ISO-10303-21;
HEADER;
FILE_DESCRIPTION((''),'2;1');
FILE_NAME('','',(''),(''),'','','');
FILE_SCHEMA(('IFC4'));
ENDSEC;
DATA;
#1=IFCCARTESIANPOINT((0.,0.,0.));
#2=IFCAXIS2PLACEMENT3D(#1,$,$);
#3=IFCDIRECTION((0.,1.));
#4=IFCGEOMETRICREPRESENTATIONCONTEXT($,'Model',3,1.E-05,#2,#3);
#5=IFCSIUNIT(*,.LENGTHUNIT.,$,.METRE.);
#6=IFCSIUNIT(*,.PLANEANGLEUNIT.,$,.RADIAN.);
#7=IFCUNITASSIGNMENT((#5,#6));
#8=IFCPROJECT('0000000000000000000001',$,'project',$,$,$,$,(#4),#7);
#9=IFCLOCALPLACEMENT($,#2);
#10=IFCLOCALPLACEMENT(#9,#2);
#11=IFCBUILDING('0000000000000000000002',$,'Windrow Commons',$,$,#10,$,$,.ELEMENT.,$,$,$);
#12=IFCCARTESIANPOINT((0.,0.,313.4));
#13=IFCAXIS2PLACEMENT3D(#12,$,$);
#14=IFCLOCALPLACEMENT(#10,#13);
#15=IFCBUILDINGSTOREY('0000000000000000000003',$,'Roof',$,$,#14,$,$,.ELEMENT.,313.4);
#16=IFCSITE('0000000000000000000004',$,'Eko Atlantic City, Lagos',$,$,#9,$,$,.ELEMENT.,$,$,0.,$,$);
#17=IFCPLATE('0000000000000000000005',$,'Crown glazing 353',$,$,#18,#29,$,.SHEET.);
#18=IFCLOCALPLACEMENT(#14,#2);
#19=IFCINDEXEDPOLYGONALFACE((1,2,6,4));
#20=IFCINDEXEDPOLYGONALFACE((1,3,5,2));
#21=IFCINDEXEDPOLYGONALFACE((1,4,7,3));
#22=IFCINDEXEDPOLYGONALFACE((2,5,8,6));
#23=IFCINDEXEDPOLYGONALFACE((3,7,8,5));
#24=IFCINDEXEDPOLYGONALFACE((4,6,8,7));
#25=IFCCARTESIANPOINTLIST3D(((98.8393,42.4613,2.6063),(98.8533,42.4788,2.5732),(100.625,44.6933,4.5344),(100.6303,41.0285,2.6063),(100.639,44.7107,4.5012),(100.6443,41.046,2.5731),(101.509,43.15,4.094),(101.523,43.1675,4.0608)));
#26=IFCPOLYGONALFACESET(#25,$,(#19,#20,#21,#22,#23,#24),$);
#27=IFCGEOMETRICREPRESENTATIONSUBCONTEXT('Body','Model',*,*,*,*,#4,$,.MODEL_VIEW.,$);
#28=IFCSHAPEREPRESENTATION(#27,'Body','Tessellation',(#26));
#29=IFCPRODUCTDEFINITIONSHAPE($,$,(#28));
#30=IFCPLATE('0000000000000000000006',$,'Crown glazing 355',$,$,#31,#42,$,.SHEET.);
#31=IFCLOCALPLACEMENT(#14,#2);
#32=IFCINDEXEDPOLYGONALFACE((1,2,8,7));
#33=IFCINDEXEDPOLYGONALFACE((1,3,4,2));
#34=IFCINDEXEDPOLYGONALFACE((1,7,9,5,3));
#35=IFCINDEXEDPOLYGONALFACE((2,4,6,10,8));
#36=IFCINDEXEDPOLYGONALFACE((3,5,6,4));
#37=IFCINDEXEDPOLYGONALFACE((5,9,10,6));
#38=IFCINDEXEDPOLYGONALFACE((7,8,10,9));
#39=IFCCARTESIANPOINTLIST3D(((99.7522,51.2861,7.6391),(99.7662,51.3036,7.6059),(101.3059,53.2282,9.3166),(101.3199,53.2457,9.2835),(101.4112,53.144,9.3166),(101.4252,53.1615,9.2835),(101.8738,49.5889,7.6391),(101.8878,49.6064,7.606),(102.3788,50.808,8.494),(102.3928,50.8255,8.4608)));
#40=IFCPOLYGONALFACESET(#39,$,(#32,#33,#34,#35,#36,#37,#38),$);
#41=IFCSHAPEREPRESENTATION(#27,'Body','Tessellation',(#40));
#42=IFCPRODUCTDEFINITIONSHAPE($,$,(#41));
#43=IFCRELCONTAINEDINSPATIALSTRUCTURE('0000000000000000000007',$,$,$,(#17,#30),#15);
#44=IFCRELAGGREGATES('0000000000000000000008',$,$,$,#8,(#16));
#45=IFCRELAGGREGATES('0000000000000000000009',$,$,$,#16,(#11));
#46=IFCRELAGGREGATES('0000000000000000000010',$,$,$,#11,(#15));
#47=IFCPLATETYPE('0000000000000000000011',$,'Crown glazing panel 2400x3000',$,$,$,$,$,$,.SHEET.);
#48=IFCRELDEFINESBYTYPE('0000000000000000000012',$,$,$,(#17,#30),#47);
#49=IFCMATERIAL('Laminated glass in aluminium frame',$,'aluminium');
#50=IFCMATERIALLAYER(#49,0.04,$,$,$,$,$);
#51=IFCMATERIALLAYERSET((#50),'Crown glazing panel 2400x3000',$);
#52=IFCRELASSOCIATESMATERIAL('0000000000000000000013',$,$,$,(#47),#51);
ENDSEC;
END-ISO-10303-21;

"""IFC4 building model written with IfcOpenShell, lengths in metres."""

from ifc_helpers import new_model, si_unit, direction, frame, origin, place, context, subcontext, project, spatial, polyline, outline, extrude, material, layer, layer_set, type_object, element, save


model = new_model("IFC4")

# Units and contexts
model_context = context("Model", 3, precision=1e-05, world=origin(), true_north=direction((0.0, 1.0)))
body_context = subcontext(model_context, "Body", "Model", "MODEL_VIEW")
ifc_project = project(units=[si_unit("LENGTHUNIT", "METRE"), si_unit("PLANEANGLEUNIT", "RADIAN")], contexts=[model_context])

# Site, building, storey
site_placement = place(None, origin())
site = spatial("IfcSite", under=ifc_project, at=site_placement, Name="Eko Atlantic City, Lagos", CompositionType="ELEMENT", RefElevation=0.0)
building_placement = place(site_placement, origin())
building = spatial("IfcBuilding", under=site, at=building_placement, Name="Windrow Commons", CompositionType="ELEMENT")
storey_placement = place(building_placement, frame((0.0, 0.0, 313.4)))
storey = spatial("IfcBuildingStorey", under=building, at=storey_placement, Name="Roof", CompositionType="ELEMENT", Elevation=313.4)

# Plates
ifc_material_1 = material(Name="Laminated glass in aluminium frame", Category="aluminium")
ifc_layer = layer(ifc_material_1, 0.04)
ifc_layer_set = layer_set([ifc_layer], Name="Crown glazing panel 2400x3000")
plate_type = type_object("IfcPlateType", Name="Crown glazing panel 2400x3000", PredefinedType="SHEET", material=ifc_layer_set)
plate_1_placement = place(storey_placement, frame((100.6303, 41.0285, 2.6063), z_axis=(-0.349321, -0.43667, 0.829032), x_axis=(-0.780873, 0.62469, 0.00001)))
element("IfcPlate", 1, at=plate_1_placement, inside=storey, type_object=plate_type, Name="Crown glazing 353", PredefinedType="SHEET", context=body_context, shape_type="SweptSolid", body=[
    extrude(outline(polyline([(0.0, 0.0), (2.2936, 0.0), (2.2935, -3.4479), (0.6391, -2.6604), (0.0, 0.0)])), origin(), (0.0, 0.0, -1.0), 0.04),
])
plate_2_placement = place(storey_placement, frame((99.7522, 51.2861, 7.6391), z_axis=(-0.349312, -0.436649, 0.829047), x_axis=(0.517906, 0.647374, 0.559179)))
element("IfcPlate", 2, at=plate_2_placement, inside=storey, type_object=plate_type, Name="Crown glazing 355", PredefinedType="SHEET", context=body_context, shape_type="SweptSolid", body=[
    extrude(outline(polyline([(0.0, 0.0), (3.0, 0.0), (3.0, -0.1348), (1.5289, -2.3497), (0.0001, -2.7169), (0.0, 0.0)])), origin(), (0.0, 0.0, -1.0), 0.04),
])

save(model, "model.ifc")
